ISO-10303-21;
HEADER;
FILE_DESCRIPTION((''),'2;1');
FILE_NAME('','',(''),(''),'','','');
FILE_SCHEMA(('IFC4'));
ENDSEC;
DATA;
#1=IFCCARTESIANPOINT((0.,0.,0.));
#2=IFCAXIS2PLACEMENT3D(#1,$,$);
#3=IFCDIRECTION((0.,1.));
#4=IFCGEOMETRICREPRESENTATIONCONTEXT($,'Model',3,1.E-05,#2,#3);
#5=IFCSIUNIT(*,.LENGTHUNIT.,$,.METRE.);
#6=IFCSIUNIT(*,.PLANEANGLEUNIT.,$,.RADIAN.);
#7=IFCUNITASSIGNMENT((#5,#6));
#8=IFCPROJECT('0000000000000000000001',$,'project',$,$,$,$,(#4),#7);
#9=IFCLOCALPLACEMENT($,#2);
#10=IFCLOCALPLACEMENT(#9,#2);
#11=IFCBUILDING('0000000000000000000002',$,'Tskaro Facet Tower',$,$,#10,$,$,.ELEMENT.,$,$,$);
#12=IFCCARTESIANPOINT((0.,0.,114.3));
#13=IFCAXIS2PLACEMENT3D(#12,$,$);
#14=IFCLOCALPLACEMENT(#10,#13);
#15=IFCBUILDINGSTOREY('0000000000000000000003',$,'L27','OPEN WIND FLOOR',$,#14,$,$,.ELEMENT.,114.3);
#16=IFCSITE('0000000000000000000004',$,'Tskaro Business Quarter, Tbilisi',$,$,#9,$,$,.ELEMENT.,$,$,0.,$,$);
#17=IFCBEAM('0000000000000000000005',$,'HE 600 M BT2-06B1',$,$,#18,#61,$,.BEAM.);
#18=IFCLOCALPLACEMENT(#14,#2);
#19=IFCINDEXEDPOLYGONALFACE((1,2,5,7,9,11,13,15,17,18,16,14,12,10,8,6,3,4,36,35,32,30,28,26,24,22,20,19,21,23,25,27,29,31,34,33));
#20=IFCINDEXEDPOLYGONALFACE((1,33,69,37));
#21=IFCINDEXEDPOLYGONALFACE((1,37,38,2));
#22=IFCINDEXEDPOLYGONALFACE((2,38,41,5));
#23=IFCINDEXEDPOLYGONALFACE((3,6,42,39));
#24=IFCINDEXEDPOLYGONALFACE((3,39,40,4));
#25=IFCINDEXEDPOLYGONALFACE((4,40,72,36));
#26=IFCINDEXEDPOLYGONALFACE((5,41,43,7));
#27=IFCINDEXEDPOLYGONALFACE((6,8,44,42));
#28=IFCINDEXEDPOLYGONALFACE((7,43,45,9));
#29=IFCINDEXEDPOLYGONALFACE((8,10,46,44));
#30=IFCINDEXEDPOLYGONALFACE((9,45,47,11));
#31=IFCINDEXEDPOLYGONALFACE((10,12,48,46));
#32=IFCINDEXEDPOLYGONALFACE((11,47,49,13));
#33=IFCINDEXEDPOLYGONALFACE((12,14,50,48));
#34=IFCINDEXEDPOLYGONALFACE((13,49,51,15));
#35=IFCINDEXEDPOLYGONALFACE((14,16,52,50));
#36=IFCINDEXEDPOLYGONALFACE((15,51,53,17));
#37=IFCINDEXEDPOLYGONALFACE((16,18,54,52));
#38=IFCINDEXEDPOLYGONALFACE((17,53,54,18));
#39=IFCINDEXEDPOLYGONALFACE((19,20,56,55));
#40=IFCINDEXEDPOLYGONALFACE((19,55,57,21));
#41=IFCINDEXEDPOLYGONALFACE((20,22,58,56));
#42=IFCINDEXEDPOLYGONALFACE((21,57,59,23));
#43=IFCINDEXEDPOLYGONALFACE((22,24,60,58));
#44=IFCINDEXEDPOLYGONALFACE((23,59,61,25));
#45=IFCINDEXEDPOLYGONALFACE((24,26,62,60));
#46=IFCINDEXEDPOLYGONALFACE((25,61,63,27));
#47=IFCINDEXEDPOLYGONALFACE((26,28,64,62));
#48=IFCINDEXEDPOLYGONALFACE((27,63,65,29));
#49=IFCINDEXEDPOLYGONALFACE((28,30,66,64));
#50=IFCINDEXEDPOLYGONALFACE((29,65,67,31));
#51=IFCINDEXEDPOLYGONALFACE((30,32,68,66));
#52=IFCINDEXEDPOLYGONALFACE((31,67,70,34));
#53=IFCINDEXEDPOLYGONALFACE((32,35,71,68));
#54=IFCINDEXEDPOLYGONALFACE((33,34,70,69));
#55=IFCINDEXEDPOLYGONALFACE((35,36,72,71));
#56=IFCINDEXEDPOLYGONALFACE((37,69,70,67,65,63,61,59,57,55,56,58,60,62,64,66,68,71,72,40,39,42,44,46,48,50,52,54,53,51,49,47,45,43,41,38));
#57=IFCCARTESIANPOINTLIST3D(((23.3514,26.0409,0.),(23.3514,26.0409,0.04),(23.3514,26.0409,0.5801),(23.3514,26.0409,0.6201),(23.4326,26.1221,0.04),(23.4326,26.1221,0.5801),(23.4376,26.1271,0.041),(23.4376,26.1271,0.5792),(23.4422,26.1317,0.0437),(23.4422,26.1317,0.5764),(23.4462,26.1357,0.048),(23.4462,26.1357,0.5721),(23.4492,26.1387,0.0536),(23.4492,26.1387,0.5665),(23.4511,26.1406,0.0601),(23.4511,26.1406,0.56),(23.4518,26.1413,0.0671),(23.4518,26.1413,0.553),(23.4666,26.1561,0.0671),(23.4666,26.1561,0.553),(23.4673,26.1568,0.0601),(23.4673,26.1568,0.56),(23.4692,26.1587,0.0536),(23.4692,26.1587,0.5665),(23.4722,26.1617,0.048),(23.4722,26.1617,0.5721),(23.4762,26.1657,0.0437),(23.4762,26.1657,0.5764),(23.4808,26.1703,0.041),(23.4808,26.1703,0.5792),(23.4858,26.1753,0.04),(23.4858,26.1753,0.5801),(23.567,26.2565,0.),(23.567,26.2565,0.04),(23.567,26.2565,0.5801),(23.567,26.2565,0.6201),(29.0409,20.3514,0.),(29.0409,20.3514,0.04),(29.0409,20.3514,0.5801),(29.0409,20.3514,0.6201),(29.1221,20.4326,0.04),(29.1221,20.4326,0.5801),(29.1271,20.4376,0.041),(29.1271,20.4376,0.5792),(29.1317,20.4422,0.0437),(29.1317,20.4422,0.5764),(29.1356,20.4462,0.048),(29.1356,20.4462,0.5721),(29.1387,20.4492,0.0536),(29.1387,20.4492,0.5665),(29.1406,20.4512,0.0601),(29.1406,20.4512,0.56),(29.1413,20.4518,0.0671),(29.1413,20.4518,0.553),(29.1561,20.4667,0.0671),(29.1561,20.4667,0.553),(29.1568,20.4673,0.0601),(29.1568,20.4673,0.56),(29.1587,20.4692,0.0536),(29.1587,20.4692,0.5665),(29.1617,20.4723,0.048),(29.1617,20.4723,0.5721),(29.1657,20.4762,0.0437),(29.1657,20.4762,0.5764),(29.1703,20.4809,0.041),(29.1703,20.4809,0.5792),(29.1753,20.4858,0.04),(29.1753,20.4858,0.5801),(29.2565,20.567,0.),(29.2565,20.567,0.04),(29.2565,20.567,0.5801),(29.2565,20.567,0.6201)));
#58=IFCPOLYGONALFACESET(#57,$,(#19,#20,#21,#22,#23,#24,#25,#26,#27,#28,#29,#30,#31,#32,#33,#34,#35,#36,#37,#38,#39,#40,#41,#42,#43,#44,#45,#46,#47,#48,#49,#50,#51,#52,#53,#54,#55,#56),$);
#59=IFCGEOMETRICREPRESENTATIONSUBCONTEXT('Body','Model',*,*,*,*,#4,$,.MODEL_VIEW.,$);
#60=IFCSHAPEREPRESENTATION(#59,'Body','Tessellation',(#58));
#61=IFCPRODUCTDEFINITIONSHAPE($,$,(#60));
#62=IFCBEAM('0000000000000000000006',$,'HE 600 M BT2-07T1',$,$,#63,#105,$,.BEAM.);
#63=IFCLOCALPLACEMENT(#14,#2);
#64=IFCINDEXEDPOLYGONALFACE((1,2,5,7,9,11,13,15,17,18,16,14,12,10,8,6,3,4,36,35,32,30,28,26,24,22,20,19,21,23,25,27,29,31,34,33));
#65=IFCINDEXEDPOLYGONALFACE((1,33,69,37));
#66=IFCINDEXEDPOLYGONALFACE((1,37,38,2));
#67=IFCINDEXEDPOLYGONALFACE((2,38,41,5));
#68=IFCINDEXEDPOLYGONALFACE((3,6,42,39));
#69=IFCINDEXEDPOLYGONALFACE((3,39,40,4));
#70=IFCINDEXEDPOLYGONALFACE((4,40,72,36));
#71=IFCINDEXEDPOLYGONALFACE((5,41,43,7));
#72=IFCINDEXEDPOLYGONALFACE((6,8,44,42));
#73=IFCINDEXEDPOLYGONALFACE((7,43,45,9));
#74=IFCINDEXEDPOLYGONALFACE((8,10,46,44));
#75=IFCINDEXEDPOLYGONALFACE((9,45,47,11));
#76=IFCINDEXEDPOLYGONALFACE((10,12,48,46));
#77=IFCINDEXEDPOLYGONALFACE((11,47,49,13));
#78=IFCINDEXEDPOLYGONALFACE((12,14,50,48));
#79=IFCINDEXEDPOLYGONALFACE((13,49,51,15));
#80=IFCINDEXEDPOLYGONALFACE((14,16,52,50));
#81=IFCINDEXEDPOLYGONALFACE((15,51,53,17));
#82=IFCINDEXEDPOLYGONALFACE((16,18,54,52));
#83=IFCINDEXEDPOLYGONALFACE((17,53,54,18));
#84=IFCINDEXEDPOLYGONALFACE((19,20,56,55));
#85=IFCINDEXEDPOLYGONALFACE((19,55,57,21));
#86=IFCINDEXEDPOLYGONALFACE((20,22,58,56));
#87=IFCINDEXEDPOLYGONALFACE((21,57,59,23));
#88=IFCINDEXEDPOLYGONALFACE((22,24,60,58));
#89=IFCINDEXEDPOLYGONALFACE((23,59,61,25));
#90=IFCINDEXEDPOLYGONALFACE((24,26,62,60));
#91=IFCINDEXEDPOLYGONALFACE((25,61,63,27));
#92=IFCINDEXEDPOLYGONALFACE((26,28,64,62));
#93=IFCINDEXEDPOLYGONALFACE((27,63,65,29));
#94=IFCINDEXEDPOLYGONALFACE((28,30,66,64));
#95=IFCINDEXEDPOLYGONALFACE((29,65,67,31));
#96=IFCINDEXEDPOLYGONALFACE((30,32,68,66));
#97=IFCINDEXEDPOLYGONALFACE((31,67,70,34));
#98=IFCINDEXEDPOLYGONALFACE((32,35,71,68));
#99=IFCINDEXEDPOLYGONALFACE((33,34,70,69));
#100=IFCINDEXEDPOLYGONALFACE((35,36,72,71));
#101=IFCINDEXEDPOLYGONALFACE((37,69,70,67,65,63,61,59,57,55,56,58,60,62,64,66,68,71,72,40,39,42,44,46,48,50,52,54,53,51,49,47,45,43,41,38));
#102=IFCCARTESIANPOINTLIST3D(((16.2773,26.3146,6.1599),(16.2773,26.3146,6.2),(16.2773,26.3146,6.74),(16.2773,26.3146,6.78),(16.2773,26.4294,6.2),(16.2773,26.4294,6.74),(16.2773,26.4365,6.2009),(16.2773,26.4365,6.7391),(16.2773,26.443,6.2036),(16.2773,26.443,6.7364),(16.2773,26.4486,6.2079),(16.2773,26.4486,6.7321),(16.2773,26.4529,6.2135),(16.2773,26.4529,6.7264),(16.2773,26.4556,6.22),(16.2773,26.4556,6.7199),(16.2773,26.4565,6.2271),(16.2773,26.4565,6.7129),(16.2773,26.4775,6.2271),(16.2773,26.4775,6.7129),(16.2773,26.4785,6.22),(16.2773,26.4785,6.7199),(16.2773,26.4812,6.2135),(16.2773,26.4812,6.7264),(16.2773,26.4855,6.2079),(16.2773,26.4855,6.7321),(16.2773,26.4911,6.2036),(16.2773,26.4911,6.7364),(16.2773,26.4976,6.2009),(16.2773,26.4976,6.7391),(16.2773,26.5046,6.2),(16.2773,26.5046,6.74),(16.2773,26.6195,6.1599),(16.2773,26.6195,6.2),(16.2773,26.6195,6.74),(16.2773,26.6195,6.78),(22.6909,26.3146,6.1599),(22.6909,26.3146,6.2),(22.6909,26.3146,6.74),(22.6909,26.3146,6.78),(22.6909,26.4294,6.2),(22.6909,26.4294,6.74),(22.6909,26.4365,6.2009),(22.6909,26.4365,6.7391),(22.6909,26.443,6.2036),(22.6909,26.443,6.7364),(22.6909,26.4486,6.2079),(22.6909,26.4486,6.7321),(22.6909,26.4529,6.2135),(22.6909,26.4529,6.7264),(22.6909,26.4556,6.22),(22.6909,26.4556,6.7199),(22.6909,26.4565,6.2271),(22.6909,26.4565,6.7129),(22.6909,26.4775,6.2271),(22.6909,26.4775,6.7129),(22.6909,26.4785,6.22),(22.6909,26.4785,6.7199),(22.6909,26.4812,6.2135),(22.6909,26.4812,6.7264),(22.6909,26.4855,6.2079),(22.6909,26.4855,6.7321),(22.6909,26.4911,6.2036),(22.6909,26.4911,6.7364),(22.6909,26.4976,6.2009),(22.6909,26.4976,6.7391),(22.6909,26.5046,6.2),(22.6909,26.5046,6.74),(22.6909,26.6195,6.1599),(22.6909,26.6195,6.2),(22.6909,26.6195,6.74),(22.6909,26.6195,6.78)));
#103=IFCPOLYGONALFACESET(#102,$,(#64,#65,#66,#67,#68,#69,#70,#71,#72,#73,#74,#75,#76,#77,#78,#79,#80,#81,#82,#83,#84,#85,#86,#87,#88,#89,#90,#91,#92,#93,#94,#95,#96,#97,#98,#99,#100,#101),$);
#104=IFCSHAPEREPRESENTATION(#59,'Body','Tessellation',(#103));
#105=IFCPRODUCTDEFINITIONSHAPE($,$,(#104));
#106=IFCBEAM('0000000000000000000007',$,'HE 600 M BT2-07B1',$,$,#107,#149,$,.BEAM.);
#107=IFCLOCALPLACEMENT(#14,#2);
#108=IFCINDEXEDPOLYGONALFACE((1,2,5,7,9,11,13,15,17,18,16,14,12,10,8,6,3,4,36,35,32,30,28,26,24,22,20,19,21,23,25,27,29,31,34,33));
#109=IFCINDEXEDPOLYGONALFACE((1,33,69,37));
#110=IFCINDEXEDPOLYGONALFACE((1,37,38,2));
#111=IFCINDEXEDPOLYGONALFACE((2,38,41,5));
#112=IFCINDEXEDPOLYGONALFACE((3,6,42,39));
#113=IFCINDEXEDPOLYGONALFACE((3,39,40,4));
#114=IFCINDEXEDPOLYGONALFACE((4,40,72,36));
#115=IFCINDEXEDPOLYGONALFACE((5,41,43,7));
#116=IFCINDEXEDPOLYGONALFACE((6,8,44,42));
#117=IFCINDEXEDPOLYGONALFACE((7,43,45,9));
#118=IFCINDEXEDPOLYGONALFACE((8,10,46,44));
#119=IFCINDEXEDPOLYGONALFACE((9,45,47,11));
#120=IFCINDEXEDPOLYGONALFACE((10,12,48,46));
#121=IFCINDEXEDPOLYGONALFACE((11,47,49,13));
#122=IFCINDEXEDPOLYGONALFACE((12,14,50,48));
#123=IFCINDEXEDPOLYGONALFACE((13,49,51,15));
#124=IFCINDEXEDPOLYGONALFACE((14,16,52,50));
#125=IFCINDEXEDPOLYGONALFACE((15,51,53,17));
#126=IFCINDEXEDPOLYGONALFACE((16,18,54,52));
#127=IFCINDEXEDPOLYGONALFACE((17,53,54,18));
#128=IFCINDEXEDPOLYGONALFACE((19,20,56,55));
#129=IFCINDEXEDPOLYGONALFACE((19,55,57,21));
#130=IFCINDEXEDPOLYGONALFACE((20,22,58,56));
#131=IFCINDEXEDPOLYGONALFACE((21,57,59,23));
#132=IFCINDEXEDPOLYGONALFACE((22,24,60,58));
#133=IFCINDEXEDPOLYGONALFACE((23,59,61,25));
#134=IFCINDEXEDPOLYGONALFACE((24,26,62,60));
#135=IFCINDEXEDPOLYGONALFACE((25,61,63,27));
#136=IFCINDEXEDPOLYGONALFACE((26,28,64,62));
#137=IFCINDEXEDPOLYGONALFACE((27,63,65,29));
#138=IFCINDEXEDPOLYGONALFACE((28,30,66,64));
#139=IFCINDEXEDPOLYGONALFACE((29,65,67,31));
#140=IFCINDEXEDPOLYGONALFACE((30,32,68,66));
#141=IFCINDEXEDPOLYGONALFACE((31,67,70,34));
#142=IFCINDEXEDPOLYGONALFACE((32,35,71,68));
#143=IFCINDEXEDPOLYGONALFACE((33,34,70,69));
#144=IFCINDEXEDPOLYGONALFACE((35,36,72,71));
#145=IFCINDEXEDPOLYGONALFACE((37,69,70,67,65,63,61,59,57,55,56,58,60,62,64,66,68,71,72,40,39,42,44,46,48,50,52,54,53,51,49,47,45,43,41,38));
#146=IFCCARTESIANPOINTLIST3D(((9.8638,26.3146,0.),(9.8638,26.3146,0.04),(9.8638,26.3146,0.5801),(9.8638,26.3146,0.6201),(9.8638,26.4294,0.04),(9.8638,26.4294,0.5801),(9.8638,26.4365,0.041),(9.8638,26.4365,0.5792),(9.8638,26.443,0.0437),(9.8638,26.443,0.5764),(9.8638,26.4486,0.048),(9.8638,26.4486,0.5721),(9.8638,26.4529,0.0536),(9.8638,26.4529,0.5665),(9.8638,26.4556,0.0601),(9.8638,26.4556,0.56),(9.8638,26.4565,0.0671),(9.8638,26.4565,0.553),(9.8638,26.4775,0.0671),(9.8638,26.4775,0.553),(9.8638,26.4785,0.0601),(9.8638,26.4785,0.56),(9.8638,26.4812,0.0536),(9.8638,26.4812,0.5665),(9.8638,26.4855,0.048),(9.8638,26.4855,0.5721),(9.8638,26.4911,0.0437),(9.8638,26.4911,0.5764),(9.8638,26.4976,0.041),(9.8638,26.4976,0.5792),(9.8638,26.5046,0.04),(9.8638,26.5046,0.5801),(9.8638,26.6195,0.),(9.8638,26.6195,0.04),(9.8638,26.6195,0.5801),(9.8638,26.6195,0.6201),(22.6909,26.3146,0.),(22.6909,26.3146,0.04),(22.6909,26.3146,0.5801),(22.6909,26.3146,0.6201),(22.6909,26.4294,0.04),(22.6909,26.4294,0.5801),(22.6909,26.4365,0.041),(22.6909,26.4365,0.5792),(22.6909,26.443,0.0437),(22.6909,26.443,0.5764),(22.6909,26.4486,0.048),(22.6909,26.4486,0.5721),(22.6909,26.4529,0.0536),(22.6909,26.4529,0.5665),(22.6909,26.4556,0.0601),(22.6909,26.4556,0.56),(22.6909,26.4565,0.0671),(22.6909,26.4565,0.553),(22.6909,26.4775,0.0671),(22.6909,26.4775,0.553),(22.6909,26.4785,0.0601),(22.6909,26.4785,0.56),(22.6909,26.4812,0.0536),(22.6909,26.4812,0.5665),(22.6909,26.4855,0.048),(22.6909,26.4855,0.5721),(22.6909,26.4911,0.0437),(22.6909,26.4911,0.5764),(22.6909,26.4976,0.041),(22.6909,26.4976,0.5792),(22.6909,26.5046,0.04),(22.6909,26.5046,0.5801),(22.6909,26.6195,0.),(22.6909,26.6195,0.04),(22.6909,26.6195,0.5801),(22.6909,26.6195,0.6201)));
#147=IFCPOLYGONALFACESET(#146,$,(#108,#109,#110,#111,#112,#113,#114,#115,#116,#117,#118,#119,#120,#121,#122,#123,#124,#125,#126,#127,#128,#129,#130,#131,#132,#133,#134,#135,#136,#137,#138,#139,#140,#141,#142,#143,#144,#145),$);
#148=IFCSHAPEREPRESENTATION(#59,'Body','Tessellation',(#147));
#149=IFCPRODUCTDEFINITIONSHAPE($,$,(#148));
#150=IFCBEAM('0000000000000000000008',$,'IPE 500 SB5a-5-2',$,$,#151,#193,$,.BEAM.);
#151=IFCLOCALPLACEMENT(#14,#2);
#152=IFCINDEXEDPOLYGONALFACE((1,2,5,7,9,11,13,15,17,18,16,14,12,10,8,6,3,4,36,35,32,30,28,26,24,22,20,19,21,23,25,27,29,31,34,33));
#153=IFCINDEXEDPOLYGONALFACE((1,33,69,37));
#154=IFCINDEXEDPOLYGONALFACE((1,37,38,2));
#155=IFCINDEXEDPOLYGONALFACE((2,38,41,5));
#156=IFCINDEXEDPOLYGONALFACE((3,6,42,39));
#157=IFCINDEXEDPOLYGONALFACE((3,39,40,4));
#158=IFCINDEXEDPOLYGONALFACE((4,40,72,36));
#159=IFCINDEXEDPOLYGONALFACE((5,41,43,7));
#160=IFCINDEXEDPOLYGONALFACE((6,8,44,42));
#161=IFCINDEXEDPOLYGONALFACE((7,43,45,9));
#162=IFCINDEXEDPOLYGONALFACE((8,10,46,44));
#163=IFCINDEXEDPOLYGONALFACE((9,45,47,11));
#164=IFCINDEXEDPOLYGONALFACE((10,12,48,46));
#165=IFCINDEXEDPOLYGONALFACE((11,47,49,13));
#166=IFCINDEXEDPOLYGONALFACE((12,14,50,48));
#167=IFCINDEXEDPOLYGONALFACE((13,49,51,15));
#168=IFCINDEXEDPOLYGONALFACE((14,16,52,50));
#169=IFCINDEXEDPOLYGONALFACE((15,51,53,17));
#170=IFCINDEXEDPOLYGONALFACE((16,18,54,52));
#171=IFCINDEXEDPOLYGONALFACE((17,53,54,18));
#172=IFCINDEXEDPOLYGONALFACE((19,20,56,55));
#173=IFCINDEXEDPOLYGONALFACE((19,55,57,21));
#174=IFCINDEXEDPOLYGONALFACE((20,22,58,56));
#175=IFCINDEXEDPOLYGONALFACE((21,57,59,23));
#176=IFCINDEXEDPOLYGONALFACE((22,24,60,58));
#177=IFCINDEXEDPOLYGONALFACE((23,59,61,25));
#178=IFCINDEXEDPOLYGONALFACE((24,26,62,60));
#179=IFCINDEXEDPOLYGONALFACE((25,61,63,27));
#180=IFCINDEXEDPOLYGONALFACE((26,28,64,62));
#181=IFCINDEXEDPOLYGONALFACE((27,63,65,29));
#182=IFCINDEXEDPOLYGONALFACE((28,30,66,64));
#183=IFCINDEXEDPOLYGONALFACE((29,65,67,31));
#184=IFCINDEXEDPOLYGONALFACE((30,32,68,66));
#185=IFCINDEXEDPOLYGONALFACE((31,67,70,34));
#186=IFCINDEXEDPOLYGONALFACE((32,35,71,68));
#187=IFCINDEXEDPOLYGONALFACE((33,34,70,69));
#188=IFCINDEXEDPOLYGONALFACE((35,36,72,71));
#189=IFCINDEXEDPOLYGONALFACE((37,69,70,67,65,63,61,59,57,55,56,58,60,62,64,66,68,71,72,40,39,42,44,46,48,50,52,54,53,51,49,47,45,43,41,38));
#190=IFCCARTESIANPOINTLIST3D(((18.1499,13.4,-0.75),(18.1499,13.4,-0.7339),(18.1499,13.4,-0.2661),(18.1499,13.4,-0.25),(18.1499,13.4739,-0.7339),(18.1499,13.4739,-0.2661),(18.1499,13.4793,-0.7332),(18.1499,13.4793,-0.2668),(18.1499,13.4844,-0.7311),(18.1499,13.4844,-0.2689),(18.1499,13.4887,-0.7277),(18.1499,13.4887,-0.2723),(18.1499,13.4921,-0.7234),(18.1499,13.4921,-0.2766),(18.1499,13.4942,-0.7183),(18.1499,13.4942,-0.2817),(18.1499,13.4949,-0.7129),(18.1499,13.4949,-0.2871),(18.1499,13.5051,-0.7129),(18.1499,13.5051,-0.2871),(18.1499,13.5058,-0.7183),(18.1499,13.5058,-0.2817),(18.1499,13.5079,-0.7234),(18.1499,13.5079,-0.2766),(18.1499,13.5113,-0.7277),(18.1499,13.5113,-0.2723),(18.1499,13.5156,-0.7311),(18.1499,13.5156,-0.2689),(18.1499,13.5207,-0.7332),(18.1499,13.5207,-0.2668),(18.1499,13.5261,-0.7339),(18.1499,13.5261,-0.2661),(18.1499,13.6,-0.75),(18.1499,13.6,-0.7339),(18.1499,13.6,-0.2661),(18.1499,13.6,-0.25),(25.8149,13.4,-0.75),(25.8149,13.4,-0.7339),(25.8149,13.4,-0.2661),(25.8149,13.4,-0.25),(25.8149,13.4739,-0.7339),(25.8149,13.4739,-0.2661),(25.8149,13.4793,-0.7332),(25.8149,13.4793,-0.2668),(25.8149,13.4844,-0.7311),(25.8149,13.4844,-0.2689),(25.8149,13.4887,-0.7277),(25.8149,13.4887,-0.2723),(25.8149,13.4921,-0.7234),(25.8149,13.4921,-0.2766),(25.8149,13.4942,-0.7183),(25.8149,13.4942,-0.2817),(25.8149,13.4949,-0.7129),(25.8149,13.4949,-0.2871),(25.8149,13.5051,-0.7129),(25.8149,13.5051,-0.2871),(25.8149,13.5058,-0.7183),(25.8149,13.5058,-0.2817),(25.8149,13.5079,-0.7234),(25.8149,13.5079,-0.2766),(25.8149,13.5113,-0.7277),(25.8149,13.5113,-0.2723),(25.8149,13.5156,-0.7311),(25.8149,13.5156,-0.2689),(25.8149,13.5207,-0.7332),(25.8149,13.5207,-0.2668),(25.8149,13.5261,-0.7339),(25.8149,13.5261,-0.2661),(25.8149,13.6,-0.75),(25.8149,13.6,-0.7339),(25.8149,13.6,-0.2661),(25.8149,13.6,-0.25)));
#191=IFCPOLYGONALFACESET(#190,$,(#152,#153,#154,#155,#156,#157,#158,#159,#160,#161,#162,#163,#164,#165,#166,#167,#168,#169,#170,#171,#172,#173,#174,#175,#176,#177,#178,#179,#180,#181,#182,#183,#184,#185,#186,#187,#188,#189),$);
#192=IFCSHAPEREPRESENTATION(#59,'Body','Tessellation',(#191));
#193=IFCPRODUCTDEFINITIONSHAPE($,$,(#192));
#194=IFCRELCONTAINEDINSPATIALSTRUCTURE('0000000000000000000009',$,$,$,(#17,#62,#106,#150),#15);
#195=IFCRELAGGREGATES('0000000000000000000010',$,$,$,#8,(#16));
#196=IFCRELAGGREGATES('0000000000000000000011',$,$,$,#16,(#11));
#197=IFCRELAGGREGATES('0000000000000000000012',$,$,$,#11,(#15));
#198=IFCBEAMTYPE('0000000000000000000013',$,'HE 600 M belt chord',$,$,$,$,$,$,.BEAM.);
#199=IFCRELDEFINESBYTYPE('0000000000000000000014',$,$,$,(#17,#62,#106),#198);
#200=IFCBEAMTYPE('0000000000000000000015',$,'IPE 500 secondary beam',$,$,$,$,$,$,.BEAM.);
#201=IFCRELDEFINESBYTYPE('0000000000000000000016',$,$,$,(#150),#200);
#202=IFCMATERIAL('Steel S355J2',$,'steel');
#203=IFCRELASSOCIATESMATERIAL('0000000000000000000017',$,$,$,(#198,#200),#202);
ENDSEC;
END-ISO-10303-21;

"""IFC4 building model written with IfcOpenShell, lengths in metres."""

from ifc_helpers import new_model, si_unit, direction, frame, origin, origin_2d, place, context, subcontext, project, spatial, i_section, extrude, material, material_profile, profile_set, type_object, element, save


model = new_model("IFC4")

# Units and contexts
model_context = context("Model", 3, precision=1e-05, world=origin(), true_north=direction((0.0, 1.0)))
body_context = subcontext(model_context, "Body", "Model", "MODEL_VIEW")
ifc_project = project(units=[si_unit("LENGTHUNIT", "METRE"), si_unit("PLANEANGLEUNIT", "RADIAN")], contexts=[model_context])

# Site, building, storey
site_placement = place(None, origin())
site = spatial("IfcSite", under=ifc_project, at=site_placement, Name="Tskaro Business Quarter, Tbilisi", CompositionType="ELEMENT", RefElevation=0.0)
building_placement = place(site_placement, origin())
building = spatial("IfcBuilding", under=site, at=building_placement, Name="Tskaro Facet Tower", CompositionType="ELEMENT")
storey_placement = place(building_placement, frame((0.0, 0.0, 114.3)))
storey = spatial("IfcBuildingStorey", under=building, at=storey_placement, Name="L27", Description="OPEN WIND FLOOR", CompositionType="ELEMENT", Elevation=114.3)

# Shared definitions
ifc_material_1 = material(Name="Steel S355J2", Category="steel")

# Beams
ifc_material_profile_1 = material_profile(ifc_material_1, i_section(OverallWidth=0.3049, OverallDepth=0.6201, WebThickness=0.021, FlangeThickness=0.04, FilletRadius=0.0271, at=origin_2d()), Name="HE 600 M")
ifc_profile_set_1 = profile_set([ifc_material_profile_1], Name="Steel S355J2")
beam_type_1 = type_object("IfcBeamType", Name="HE 600 M belt chord", PredefinedType="BEAM", material=ifc_profile_set_1)
for number, where, z_axis, x_axis, name in (
    (1, (29.1487, 20.4592, 0.3101), (-0.707107, 0.707107, 0.0), (-0.707107, -0.707107, 0.0), "HE 600 M BT2-06B1"),
):
    element("IfcBeam", number, at=place(storey_placement, frame(where, z_axis=z_axis, x_axis=x_axis)), inside=storey, type_object=beam_type_1, Name=name, PredefinedType="BEAM", context=body_context, shape_type="SweptSolid", body=[
        extrude(i_section(OverallWidth=0.3049, OverallDepth=0.6201, WebThickness=0.021, FlangeThickness=0.04, FilletRadius=0.0271, at=origin_2d()), origin(), (0.0, 0.0, 1.0), 8.0461),
    ])
beam_1_placement = place(storey_placement, frame((22.6909, 26.467, 6.47), z_axis=(-1.0, 0.0, 0.0), x_axis=(0.0, -1.0, 0.0)))
element("IfcBeam", 2, at=beam_1_placement, inside=storey, type_object=beam_type_1, Name="HE 600 M BT2-07T1", PredefinedType="BEAM", context=body_context, shape_type="SweptSolid", body=[
    extrude(i_section(OverallWidth=0.3049, OverallDepth=0.6201, WebThickness=0.021, FlangeThickness=0.04, FilletRadius=0.0271, at=origin_2d()), origin(), (0.0, 0.0, 1.0), 6.4136),
])
beam_2_placement = place(storey_placement, frame((22.6909, 26.467, 0.3101), z_axis=(-1.0, 0.0, 0.0), x_axis=(0.0, -1.0, 0.0)))
element("IfcBeam", 3, at=beam_2_placement, inside=storey, type_object=beam_type_1, Name="HE 600 M BT2-07B1", PredefinedType="BEAM", context=body_context, shape_type="SweptSolid", body=[
    extrude(i_section(OverallWidth=0.3049, OverallDepth=0.6201, WebThickness=0.021, FlangeThickness=0.04, FilletRadius=0.0271, at=origin_2d()), origin(), (0.0, 0.0, 1.0), 12.8271),
])
ifc_material_profile_2 = material_profile(ifc_material_1, i_section(OverallWidth=0.2, OverallDepth=0.5, WebThickness=0.0103, FlangeThickness=0.0161, FilletRadius=0.021, at=origin_2d()), Name="IPE 500")
ifc_profile_set_2 = profile_set([ifc_material_profile_2], Name="Steel S355J2")
beam_type_2 = type_object("IfcBeamType", Name="IPE 500 secondary beam", PredefinedType="BEAM", material=ifc_profile_set_2)
beam_3_placement = place(storey_placement, frame((18.1499, 13.5, -0.5), z_axis=(1.0, 0.0, 0.0), x_axis=(0.0, 1.0, 0.0)))
element("IfcBeam", 4, at=beam_3_placement, inside=storey, type_object=beam_type_2, Name="IPE 500 SB5a-5-2", PredefinedType="BEAM", context=body_context, shape_type="SweptSolid", body=[
    extrude(i_section(OverallWidth=0.2, OverallDepth=0.5, WebThickness=0.0103, FlangeThickness=0.0161, FilletRadius=0.021, at=origin_2d()), origin(), (0.0, 0.0, 1.0), 7.665),
])

save(model, "model.ifc")
